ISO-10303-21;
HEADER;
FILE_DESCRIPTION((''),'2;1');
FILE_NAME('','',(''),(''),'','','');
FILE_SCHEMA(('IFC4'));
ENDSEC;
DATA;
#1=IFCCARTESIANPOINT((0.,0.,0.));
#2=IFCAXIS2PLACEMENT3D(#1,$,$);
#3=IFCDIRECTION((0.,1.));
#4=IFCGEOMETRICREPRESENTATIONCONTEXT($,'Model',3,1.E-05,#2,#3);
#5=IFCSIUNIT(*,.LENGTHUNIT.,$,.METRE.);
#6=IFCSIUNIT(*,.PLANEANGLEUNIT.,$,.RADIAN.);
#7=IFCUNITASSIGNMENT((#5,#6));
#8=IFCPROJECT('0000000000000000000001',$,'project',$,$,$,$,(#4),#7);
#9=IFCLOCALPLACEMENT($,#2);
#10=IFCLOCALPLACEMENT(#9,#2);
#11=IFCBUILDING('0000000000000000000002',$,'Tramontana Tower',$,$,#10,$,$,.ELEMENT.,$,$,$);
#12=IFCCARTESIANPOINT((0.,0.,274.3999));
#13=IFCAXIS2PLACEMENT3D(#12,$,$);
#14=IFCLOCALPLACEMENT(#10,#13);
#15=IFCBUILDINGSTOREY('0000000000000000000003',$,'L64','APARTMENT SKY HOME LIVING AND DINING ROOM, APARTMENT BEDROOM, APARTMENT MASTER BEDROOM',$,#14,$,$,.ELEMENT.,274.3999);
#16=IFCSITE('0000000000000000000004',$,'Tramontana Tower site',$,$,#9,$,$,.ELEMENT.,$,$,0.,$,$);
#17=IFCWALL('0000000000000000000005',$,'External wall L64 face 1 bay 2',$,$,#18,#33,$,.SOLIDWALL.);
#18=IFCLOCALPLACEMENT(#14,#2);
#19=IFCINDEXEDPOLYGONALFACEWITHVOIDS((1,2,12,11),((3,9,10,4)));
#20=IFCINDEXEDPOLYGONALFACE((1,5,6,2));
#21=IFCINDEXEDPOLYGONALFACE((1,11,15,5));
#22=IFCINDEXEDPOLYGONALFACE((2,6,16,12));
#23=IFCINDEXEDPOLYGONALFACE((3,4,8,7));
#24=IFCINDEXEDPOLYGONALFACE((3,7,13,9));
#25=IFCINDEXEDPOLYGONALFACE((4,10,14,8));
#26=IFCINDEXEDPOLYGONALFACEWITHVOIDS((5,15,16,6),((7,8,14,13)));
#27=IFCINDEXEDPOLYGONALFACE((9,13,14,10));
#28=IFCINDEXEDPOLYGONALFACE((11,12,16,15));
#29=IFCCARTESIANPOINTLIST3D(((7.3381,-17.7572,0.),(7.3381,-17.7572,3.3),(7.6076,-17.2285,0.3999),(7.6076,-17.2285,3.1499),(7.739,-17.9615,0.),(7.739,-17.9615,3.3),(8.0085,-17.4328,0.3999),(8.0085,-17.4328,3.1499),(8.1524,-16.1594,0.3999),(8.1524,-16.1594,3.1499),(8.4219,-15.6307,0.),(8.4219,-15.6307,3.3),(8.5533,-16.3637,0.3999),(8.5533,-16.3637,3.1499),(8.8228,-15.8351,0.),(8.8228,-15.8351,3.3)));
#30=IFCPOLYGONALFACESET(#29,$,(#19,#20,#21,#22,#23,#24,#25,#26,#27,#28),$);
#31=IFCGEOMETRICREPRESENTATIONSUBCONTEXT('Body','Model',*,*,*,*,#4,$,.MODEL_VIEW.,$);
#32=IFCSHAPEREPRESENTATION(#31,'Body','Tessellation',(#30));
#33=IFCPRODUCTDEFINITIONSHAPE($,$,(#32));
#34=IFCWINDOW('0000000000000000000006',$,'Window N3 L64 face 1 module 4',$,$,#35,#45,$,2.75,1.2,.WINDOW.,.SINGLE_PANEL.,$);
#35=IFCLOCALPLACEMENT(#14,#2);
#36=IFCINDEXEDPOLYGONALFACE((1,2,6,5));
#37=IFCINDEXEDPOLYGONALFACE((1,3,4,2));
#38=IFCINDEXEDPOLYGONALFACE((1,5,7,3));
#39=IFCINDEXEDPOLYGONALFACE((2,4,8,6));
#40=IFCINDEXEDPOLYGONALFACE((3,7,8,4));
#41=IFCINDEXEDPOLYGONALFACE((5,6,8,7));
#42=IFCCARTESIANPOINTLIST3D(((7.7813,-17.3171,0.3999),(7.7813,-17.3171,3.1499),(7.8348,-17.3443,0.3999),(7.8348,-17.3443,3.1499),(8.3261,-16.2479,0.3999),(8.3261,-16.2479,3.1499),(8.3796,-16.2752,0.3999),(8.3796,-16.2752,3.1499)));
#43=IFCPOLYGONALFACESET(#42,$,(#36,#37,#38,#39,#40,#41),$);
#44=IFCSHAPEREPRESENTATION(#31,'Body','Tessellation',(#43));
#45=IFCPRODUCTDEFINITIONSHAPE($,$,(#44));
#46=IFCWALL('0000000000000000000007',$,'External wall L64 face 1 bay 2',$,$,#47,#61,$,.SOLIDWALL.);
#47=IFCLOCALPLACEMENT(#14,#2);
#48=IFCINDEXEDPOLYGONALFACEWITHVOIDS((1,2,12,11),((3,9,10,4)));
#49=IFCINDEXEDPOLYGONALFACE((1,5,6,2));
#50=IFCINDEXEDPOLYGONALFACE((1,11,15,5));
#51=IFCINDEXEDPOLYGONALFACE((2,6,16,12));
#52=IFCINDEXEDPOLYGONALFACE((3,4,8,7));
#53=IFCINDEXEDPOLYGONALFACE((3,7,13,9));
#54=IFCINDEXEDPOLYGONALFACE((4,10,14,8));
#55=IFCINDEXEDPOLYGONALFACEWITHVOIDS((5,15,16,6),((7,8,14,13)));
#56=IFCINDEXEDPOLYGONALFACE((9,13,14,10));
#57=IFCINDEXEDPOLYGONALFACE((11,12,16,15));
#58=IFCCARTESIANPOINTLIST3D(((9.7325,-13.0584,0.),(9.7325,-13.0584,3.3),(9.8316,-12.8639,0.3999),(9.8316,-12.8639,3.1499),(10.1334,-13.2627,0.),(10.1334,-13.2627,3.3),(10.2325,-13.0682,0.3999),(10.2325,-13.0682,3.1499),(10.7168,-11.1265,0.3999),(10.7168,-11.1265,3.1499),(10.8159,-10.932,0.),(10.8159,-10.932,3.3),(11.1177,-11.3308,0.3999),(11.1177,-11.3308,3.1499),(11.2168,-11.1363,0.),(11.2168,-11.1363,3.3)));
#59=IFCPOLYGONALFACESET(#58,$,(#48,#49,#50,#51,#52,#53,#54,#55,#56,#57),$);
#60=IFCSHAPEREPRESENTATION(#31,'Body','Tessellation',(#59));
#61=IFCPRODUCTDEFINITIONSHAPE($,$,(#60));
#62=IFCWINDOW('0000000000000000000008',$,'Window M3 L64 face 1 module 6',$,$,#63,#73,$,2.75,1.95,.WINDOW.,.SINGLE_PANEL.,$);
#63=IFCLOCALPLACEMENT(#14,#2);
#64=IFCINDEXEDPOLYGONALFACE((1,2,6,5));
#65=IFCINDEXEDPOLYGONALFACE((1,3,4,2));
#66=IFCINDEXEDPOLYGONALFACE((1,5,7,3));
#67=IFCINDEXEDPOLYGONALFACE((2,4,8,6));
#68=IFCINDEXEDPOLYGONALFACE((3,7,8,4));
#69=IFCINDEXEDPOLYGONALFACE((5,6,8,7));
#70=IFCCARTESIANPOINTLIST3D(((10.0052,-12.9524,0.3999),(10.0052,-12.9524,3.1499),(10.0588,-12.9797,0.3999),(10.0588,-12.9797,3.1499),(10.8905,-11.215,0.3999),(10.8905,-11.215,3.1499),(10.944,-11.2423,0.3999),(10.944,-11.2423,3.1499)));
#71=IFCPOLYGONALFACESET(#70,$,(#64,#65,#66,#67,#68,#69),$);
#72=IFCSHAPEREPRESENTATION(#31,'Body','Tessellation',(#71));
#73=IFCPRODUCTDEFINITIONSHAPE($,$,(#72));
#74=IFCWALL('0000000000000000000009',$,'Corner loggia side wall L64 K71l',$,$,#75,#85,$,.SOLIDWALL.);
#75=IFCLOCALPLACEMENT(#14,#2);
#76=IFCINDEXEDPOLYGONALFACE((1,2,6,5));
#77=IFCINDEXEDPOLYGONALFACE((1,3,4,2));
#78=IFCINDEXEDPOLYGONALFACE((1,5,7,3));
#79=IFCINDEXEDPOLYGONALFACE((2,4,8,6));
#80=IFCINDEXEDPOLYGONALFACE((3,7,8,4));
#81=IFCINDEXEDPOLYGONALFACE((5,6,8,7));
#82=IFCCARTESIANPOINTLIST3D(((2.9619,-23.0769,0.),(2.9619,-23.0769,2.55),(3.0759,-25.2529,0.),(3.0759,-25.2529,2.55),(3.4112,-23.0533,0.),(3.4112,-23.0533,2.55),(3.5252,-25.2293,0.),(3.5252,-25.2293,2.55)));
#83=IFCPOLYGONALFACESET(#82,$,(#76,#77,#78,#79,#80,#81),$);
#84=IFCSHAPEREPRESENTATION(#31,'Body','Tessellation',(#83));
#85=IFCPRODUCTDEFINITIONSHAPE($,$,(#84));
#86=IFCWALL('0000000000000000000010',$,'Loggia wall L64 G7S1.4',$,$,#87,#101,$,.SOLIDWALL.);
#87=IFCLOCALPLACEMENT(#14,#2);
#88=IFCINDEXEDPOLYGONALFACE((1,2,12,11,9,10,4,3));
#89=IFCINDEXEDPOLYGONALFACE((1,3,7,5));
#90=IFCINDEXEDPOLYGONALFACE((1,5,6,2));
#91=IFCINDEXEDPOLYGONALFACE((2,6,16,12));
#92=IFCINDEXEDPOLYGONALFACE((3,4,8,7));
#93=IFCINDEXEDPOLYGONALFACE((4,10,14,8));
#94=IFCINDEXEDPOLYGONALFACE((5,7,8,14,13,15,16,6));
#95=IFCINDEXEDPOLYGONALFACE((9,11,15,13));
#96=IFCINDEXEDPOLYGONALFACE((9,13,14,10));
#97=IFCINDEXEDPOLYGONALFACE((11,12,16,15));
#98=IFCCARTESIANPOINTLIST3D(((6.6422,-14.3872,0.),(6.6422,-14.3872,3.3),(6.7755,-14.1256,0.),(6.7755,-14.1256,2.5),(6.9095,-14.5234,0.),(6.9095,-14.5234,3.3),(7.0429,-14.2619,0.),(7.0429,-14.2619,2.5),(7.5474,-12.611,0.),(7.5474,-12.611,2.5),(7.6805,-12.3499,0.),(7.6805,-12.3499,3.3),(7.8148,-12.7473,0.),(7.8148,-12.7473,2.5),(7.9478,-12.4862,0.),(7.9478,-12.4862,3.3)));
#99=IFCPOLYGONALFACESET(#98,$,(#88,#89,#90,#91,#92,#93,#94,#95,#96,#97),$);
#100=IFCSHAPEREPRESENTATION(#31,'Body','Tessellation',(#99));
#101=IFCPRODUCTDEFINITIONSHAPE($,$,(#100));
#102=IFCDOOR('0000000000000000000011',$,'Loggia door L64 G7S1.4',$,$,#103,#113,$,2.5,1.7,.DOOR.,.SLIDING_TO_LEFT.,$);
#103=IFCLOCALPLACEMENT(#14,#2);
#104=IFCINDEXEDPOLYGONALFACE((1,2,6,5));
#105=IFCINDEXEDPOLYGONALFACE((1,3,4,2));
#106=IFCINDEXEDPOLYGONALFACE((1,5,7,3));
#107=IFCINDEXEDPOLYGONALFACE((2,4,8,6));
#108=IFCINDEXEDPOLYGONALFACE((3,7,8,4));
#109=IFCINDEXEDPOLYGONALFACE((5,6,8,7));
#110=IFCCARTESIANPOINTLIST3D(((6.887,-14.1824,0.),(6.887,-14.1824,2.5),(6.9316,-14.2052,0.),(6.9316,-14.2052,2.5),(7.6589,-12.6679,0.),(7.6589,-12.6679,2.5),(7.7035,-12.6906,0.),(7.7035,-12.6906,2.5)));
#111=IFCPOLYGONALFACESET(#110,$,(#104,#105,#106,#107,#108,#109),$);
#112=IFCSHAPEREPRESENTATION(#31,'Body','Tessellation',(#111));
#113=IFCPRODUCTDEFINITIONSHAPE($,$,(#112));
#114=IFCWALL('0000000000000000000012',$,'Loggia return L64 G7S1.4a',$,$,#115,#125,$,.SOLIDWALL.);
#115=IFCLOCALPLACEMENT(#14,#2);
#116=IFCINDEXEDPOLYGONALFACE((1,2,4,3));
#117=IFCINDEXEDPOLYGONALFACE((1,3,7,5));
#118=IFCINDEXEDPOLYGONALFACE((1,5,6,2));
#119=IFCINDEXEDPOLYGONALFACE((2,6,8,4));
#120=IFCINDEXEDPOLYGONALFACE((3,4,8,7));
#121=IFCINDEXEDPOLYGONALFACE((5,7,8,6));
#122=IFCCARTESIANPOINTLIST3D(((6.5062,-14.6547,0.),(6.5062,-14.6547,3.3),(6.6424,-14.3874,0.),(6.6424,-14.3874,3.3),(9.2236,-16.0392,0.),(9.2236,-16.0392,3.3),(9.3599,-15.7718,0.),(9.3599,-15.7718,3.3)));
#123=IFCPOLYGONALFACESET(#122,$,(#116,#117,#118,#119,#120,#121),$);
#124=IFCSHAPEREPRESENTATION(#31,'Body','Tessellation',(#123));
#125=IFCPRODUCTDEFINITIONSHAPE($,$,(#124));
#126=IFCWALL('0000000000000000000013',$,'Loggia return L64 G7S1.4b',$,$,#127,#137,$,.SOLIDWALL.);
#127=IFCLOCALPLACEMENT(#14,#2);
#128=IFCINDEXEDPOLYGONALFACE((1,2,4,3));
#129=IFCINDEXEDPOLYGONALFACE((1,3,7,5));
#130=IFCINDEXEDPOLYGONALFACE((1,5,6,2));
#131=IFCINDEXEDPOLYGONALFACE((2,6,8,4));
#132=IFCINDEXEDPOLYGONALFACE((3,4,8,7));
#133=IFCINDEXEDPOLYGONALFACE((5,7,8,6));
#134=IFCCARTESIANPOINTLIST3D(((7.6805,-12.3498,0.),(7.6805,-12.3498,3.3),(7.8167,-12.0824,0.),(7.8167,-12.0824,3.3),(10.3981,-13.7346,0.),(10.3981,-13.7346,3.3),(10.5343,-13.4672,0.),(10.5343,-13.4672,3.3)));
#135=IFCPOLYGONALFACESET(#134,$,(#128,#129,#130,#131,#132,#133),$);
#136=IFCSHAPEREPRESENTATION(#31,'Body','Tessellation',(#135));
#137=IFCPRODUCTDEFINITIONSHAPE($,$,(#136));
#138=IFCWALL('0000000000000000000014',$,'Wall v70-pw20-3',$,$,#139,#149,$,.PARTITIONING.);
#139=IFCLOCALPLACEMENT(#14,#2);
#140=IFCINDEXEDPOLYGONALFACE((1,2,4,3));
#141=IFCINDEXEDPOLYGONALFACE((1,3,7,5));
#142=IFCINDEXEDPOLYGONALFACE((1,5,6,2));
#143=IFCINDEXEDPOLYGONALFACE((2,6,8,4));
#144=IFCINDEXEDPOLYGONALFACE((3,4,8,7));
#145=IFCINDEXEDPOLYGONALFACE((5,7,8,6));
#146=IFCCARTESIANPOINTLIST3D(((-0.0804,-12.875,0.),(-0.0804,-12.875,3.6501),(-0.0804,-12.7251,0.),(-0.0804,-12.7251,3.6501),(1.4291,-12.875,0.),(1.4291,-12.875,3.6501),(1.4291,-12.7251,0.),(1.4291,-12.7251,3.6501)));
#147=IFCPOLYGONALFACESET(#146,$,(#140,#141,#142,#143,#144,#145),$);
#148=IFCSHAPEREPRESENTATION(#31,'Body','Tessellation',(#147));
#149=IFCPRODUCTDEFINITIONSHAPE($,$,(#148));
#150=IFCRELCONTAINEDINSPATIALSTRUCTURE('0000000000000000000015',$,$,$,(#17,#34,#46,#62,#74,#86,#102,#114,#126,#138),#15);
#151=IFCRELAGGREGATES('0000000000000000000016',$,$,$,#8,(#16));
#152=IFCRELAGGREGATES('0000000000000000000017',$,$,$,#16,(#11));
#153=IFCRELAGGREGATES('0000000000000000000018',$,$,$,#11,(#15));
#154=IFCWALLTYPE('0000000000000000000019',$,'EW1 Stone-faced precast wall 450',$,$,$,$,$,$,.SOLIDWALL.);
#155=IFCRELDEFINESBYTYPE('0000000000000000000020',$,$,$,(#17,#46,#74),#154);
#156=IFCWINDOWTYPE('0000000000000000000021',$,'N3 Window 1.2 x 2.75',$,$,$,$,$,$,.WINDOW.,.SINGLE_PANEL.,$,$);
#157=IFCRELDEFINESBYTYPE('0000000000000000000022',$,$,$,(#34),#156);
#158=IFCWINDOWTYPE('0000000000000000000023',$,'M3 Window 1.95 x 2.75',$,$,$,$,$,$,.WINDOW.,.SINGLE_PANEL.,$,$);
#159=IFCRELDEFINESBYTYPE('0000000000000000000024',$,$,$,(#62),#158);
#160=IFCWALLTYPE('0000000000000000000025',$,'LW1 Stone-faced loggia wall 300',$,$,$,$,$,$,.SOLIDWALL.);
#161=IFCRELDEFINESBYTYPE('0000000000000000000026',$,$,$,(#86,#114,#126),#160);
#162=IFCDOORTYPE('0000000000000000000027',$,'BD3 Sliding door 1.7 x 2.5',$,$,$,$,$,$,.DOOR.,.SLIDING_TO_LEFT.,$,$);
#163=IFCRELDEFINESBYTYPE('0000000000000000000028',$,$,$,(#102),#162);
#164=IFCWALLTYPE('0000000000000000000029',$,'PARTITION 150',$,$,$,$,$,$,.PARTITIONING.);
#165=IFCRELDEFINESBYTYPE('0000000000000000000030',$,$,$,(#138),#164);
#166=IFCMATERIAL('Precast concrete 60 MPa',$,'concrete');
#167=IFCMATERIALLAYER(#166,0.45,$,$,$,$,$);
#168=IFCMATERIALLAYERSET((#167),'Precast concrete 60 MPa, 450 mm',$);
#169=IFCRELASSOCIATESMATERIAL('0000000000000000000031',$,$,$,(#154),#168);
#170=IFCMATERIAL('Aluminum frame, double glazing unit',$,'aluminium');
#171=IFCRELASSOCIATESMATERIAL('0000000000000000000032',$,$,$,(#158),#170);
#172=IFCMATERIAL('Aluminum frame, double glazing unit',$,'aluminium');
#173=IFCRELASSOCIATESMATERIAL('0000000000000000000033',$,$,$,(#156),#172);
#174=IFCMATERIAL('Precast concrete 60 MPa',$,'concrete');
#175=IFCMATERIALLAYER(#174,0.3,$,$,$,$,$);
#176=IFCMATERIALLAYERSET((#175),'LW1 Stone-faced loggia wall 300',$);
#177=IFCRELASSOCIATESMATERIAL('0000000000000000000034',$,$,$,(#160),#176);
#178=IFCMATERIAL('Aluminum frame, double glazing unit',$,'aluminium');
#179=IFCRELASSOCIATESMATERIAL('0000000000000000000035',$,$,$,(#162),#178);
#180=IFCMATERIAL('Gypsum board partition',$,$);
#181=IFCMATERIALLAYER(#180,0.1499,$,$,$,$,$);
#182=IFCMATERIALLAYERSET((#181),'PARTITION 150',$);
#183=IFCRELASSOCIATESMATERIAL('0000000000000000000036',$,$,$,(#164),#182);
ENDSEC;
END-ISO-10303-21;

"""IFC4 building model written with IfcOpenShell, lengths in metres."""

from ifc_helpers import new_model, si_unit, direction, frame, frame_2d, origin, place, context, subcontext, project, spatial, rectangle, extrude, material, layer, layer_set, type_object, element, fill, save


model = new_model("IFC4")

# Units and contexts
model_context = context("Model", 3, precision=1e-05, world=origin(), true_north=direction((0.0, 1.0)))
body_context = subcontext(model_context, "Body", "Model", "MODEL_VIEW")
ifc_project = project(units=[si_unit("LENGTHUNIT", "METRE"), si_unit("PLANEANGLEUNIT", "RADIAN")], contexts=[model_context])

# Site, building, storey
site_placement = place(None, origin())
site = spatial("IfcSite", under=ifc_project, at=site_placement, Name="Tramontana Tower site", CompositionType="ELEMENT", RefElevation=0.0)
building_placement = place(site_placement, origin())
building = spatial("IfcBuilding", under=site, at=building_placement, Name="Tramontana Tower", CompositionType="ELEMENT")
storey_placement = place(building_placement, frame((0.0, 0.0, 274.3999)))
storey = spatial("IfcBuildingStorey", under=building, at=storey_placement, Name="L64", Description="APARTMENT SKY HOME LIVING AND DINING ROOM, APARTMENT BEDROOM, APARTMENT MASTER BEDROOM", CompositionType="ELEMENT", Elevation=274.3999)

# Shared definitions
ifc_material_1 = material(Name="Precast concrete 60 MPa", Category="concrete")
ifc_layer_1 = layer(ifc_material_1, 0.45)
ifc_layer_set_1 = layer_set([ifc_layer_1], Name="Precast concrete 60 MPa, 450 mm")
wall_type_1 = type_object("IfcWallType", Name="EW1 Stone-faced precast wall 450", PredefinedType="SOLIDWALL", material=ifc_layer_set_1)
ifc_material_2 = material(Name="Aluminum frame, double glazing unit", Category="aluminium")
window_type_1 = type_object("IfcWindowType", Name="M3 Window 1.95 x 2.75", PartitioningType="SINGLE_PANEL", PredefinedType="WINDOW", material=ifc_material_2)

# Walls, openings, windows
wall_1_placement = place(storey_placement, frame((7.5386, -17.8594, 0.0), z_axis=(0.0, 0.0, 1.0), x_axis=(0.454074, 0.890964, 0.0)))
wall_1 = element("IfcWall", 1, at=wall_1_placement, inside=storey, type_object=wall_type_1, Name="External wall L64 face 1 bay 2", PredefinedType="SOLIDWALL", context=body_context, shape_type="SweptSolid", body=[
    extrude(rectangle(XDim=2.3867, YDim=0.45, at=frame_2d((1.1934, 0.0))), origin(), (0.0, 0.0, 1.0), 3.3),
])
opening_1_placement = place(wall_1_placement, frame((0.5933, 0.0, 0.3999)))
opening_1 = element("IfcOpeningElement", 2, at=opening_1_placement, cuts=wall_1, PredefinedType="OPENING", context=body_context, shape_type="SweptSolid", body=[
    extrude(rectangle(XDim=1.2, YDim=2.75, at=frame_2d((0.6001, 1.375))), frame((0.0, 0.2349, 0.0), z_axis=(0.0, -1.0, 0.0), x_axis=(1.0, 0.0, 0.0)), (0.0, 0.0, 1.0), 0.47),
])
ifc_material_3 = material(Name="Aluminum frame, double glazing unit", Category="aluminium")
window_type_2 = type_object("IfcWindowType", Name="N3 Window 1.2 x 2.75", PartitioningType="SINGLE_PANEL", PredefinedType="WINDOW", material=ifc_material_3)
window_1_placement = place(opening_1_placement, origin())
window_1 = element("IfcWindow", 3, at=window_1_placement, inside=storey, type_object=window_type_2, Name="Window N3 L64 face 1 module 4", OverallHeight=2.75, OverallWidth=1.2, PartitioningType="SINGLE_PANEL", PredefinedType="WINDOW", context=body_context, shape_type="SweptSolid", body=[
    extrude(rectangle(XDim=1.2, YDim=2.75, at=frame_2d((0.6001, 1.375))), frame((0.0, 0.03, 0.0), z_axis=(0.0, -1.0, 0.0), x_axis=(1.0, 0.0, 0.0)), (0.0, 0.0, 1.0), 0.0601),
])
fill(opening_1, window_1)
wall_2_placement = place(storey_placement, frame((9.9329, -13.1606, 0.0), z_axis=(0.0, 0.0, 1.0), x_axis=(0.453993, 0.891005, 0.0)))
wall_2 = element("IfcWall", 4, at=wall_2_placement, inside=storey, type_object=wall_type_1, Name="External wall L64 face 1 bay 2", PredefinedType="SOLIDWALL", context=body_context, shape_type="SweptSolid", body=[
    extrude(rectangle(XDim=2.3865, YDim=0.45, at=frame_2d((1.1934, 0.0))), origin(), (0.0, 0.0, 1.0), 3.3),
])
opening_2_placement = place(wall_2_placement, frame((0.2183, 0.0, 0.3999)))
opening_2 = element("IfcOpeningElement", 5, at=opening_2_placement, cuts=wall_2, PredefinedType="OPENING", context=body_context, shape_type="SweptSolid", body=[
    extrude(rectangle(XDim=1.95, YDim=2.75, at=frame_2d((0.9751, 1.375))), frame((0.0, 0.2349, 0.0), z_axis=(0.0, -1.0, 0.0), x_axis=(1.0, 0.0, 0.0)), (0.0, 0.0, 1.0), 0.47),
])
window_2_placement = place(opening_2_placement, origin())
window_2 = element("IfcWindow", 6, at=window_2_placement, inside=storey, type_object=window_type_1, Name="Window M3 L64 face 1 module 6", OverallHeight=2.75, OverallWidth=1.95, PartitioningType="SINGLE_PANEL", PredefinedType="WINDOW", context=body_context, shape_type="SweptSolid", body=[
    extrude(rectangle(XDim=1.95, YDim=2.75, at=frame_2d((0.9751, 1.375))), frame((0.0, 0.03, 0.0), z_axis=(0.0, -1.0, 0.0), x_axis=(1.0, 0.0, 0.0)), (0.0, 0.0, 1.0), 0.0601),
])
fill(opening_2, window_2)

# Wall
wall_3_placement = place(storey_placement, frame((3.3005, -25.241, 0.0), z_axis=(0.0, 0.0, 1.0), x_axis=(-0.052324, 0.99863, 0.0)))
element("IfcWall", 7, at=wall_3_placement, inside=storey, type_object=wall_type_1, Name="Corner loggia side wall L64 K71l", PredefinedType="SOLIDWALL", context=body_context, shape_type="SweptSolid", body=[
    extrude(rectangle(XDim=2.179, YDim=0.45, at=frame_2d((1.0894, 0.0))), origin(), (0.0, 0.0, 1.0), 2.55),
])

# Wall, opening, door
ifc_material_4 = material(Name="Precast concrete 60 MPa", Category="concrete")
ifc_layer_2 = layer(ifc_material_4, 0.3)
ifc_layer_set_2 = layer_set([ifc_layer_2], Name="LW1 Stone-faced loggia wall 300")
wall_type_2 = type_object("IfcWallType", Name="LW1 Stone-faced loggia wall 300", PredefinedType="SOLIDWALL", material=ifc_layer_set_2)
wall_4_placement = place(storey_placement, frame((6.7759, -14.4553, 0.0), z_axis=(0.0, 0.0, 1.0), x_axis=(0.454076, 0.890963, 0.0)))
wall_4 = element("IfcWall", 8, at=wall_4_placement, inside=storey, type_object=wall_type_2, Name="Loggia wall L64 G7S1.4", PredefinedType="SOLIDWALL", context=body_context, shape_type="SweptSolid", body=[
    extrude(rectangle(XDim=2.2866, YDim=0.3, at=frame_2d((1.1433, 0.0))), origin(), (0.0, 0.0, 1.0), 3.3),
])
opening_3_placement = place(wall_4_placement, frame((0.2935, 0.0, 0.0)))
opening_3 = element("IfcOpeningElement", 9, at=opening_3_placement, cuts=wall_4, PredefinedType="OPENING", context=body_context, shape_type="SweptSolid", body=[
    extrude(rectangle(XDim=1.7, YDim=2.5, at=frame_2d((0.8501, 1.25))), frame((0.0, 0.1599, 0.0), z_axis=(0.0, -1.0, 0.0), x_axis=(1.0, 0.0, 0.0)), (0.0, 0.0, 1.0), 0.3201),
])
ifc_material_5 = material(Name="Aluminum frame, double glazing unit", Category="aluminium")
door_type_1 = type_object("IfcDoorType", Name="BD3 Sliding door 1.7 x 2.5", OperationType="SLIDING_TO_LEFT", PredefinedType="DOOR", material=ifc_material_5)
door_1_placement = place(opening_3_placement, origin())
door_1 = element("IfcDoor", 10, at=door_1_placement, inside=storey, type_object=door_type_1, Name="Loggia door L64 G7S1.4", OperationType="SLIDING_TO_LEFT", OverallHeight=2.5, OverallWidth=1.7, PredefinedType="DOOR", context=body_context, shape_type="SweptSolid", body=[
    extrude(rectangle(XDim=1.7, YDim=2.5, at=frame_2d((0.8501, 1.25))), frame((0.0, 0.0249, 0.0), z_axis=(0.0, -1.0, 0.0), x_axis=(1.0, 0.0, 0.0)), (0.0, 0.0, 1.0), 0.05),
])
fill(opening_3, door_1)

# Walls
wall_5_placement = place(storey_placement, frame((9.2917, -15.9055, 0.0), z_axis=(0.0, 0.0, 1.0), x_axis=(-0.891024, 0.453957, 0.0)))
element("IfcWall", 11, at=wall_5_placement, inside=storey, type_object=wall_type_2, Name="Loggia return L64 G7S1.4a", PredefinedType="SOLIDWALL", context=body_context, shape_type="SweptSolid", body=[
    extrude(rectangle(XDim=3.0498, YDim=0.3, at=frame_2d((1.5249, 0.0))), origin(), (0.0, 0.0, 1.0), 3.3),
])
wall_6_placement = place(storey_placement, frame((10.4661, -13.6008, 0.0), z_axis=(0.0, 0.0, 1.0), x_axis=(-0.890991, 0.454021, 0.0)))
element("IfcWall", 12, at=wall_6_placement, inside=storey, type_object=wall_type_2, Name="Loggia return L64 G7S1.4b", PredefinedType="SOLIDWALL", context=body_context, shape_type="SweptSolid", body=[
    extrude(rectangle(XDim=3.05, YDim=0.3, at=frame_2d((1.5249, 0.0))), origin(), (0.0, 0.0, 1.0), 3.3),
])

# Shared definitions
ifc_material_6 = material(Name="Gypsum board partition")
ifc_layer_3 = layer(ifc_material_6, 0.1499)
ifc_layer_set_3 = layer_set([ifc_layer_3], Name="PARTITION 150")
wall_type_3 = type_object("IfcWallType", Name="PARTITION 150", PredefinedType="PARTITIONING", material=ifc_layer_set_3)

# Wall
wall_7_placement = place(storey_placement, frame((1.4292, -12.8, 0.0), z_axis=(0.0, 0.0, 1.0), x_axis=(-1.0, 0.0, 0.0)))
element("IfcWall", 13, at=wall_7_placement, inside=storey, type_object=wall_type_3, Name="Wall v70-pw20-3", PredefinedType="PARTITIONING", context=body_context, shape_type="SweptSolid", body=[
    extrude(rectangle(XDim=1.5095, YDim=0.1499, at=frame_2d((0.7549, 0.0))), origin(), (0.0, 0.0, 1.0), 3.6501),
])

save(model, "model.ifc")
